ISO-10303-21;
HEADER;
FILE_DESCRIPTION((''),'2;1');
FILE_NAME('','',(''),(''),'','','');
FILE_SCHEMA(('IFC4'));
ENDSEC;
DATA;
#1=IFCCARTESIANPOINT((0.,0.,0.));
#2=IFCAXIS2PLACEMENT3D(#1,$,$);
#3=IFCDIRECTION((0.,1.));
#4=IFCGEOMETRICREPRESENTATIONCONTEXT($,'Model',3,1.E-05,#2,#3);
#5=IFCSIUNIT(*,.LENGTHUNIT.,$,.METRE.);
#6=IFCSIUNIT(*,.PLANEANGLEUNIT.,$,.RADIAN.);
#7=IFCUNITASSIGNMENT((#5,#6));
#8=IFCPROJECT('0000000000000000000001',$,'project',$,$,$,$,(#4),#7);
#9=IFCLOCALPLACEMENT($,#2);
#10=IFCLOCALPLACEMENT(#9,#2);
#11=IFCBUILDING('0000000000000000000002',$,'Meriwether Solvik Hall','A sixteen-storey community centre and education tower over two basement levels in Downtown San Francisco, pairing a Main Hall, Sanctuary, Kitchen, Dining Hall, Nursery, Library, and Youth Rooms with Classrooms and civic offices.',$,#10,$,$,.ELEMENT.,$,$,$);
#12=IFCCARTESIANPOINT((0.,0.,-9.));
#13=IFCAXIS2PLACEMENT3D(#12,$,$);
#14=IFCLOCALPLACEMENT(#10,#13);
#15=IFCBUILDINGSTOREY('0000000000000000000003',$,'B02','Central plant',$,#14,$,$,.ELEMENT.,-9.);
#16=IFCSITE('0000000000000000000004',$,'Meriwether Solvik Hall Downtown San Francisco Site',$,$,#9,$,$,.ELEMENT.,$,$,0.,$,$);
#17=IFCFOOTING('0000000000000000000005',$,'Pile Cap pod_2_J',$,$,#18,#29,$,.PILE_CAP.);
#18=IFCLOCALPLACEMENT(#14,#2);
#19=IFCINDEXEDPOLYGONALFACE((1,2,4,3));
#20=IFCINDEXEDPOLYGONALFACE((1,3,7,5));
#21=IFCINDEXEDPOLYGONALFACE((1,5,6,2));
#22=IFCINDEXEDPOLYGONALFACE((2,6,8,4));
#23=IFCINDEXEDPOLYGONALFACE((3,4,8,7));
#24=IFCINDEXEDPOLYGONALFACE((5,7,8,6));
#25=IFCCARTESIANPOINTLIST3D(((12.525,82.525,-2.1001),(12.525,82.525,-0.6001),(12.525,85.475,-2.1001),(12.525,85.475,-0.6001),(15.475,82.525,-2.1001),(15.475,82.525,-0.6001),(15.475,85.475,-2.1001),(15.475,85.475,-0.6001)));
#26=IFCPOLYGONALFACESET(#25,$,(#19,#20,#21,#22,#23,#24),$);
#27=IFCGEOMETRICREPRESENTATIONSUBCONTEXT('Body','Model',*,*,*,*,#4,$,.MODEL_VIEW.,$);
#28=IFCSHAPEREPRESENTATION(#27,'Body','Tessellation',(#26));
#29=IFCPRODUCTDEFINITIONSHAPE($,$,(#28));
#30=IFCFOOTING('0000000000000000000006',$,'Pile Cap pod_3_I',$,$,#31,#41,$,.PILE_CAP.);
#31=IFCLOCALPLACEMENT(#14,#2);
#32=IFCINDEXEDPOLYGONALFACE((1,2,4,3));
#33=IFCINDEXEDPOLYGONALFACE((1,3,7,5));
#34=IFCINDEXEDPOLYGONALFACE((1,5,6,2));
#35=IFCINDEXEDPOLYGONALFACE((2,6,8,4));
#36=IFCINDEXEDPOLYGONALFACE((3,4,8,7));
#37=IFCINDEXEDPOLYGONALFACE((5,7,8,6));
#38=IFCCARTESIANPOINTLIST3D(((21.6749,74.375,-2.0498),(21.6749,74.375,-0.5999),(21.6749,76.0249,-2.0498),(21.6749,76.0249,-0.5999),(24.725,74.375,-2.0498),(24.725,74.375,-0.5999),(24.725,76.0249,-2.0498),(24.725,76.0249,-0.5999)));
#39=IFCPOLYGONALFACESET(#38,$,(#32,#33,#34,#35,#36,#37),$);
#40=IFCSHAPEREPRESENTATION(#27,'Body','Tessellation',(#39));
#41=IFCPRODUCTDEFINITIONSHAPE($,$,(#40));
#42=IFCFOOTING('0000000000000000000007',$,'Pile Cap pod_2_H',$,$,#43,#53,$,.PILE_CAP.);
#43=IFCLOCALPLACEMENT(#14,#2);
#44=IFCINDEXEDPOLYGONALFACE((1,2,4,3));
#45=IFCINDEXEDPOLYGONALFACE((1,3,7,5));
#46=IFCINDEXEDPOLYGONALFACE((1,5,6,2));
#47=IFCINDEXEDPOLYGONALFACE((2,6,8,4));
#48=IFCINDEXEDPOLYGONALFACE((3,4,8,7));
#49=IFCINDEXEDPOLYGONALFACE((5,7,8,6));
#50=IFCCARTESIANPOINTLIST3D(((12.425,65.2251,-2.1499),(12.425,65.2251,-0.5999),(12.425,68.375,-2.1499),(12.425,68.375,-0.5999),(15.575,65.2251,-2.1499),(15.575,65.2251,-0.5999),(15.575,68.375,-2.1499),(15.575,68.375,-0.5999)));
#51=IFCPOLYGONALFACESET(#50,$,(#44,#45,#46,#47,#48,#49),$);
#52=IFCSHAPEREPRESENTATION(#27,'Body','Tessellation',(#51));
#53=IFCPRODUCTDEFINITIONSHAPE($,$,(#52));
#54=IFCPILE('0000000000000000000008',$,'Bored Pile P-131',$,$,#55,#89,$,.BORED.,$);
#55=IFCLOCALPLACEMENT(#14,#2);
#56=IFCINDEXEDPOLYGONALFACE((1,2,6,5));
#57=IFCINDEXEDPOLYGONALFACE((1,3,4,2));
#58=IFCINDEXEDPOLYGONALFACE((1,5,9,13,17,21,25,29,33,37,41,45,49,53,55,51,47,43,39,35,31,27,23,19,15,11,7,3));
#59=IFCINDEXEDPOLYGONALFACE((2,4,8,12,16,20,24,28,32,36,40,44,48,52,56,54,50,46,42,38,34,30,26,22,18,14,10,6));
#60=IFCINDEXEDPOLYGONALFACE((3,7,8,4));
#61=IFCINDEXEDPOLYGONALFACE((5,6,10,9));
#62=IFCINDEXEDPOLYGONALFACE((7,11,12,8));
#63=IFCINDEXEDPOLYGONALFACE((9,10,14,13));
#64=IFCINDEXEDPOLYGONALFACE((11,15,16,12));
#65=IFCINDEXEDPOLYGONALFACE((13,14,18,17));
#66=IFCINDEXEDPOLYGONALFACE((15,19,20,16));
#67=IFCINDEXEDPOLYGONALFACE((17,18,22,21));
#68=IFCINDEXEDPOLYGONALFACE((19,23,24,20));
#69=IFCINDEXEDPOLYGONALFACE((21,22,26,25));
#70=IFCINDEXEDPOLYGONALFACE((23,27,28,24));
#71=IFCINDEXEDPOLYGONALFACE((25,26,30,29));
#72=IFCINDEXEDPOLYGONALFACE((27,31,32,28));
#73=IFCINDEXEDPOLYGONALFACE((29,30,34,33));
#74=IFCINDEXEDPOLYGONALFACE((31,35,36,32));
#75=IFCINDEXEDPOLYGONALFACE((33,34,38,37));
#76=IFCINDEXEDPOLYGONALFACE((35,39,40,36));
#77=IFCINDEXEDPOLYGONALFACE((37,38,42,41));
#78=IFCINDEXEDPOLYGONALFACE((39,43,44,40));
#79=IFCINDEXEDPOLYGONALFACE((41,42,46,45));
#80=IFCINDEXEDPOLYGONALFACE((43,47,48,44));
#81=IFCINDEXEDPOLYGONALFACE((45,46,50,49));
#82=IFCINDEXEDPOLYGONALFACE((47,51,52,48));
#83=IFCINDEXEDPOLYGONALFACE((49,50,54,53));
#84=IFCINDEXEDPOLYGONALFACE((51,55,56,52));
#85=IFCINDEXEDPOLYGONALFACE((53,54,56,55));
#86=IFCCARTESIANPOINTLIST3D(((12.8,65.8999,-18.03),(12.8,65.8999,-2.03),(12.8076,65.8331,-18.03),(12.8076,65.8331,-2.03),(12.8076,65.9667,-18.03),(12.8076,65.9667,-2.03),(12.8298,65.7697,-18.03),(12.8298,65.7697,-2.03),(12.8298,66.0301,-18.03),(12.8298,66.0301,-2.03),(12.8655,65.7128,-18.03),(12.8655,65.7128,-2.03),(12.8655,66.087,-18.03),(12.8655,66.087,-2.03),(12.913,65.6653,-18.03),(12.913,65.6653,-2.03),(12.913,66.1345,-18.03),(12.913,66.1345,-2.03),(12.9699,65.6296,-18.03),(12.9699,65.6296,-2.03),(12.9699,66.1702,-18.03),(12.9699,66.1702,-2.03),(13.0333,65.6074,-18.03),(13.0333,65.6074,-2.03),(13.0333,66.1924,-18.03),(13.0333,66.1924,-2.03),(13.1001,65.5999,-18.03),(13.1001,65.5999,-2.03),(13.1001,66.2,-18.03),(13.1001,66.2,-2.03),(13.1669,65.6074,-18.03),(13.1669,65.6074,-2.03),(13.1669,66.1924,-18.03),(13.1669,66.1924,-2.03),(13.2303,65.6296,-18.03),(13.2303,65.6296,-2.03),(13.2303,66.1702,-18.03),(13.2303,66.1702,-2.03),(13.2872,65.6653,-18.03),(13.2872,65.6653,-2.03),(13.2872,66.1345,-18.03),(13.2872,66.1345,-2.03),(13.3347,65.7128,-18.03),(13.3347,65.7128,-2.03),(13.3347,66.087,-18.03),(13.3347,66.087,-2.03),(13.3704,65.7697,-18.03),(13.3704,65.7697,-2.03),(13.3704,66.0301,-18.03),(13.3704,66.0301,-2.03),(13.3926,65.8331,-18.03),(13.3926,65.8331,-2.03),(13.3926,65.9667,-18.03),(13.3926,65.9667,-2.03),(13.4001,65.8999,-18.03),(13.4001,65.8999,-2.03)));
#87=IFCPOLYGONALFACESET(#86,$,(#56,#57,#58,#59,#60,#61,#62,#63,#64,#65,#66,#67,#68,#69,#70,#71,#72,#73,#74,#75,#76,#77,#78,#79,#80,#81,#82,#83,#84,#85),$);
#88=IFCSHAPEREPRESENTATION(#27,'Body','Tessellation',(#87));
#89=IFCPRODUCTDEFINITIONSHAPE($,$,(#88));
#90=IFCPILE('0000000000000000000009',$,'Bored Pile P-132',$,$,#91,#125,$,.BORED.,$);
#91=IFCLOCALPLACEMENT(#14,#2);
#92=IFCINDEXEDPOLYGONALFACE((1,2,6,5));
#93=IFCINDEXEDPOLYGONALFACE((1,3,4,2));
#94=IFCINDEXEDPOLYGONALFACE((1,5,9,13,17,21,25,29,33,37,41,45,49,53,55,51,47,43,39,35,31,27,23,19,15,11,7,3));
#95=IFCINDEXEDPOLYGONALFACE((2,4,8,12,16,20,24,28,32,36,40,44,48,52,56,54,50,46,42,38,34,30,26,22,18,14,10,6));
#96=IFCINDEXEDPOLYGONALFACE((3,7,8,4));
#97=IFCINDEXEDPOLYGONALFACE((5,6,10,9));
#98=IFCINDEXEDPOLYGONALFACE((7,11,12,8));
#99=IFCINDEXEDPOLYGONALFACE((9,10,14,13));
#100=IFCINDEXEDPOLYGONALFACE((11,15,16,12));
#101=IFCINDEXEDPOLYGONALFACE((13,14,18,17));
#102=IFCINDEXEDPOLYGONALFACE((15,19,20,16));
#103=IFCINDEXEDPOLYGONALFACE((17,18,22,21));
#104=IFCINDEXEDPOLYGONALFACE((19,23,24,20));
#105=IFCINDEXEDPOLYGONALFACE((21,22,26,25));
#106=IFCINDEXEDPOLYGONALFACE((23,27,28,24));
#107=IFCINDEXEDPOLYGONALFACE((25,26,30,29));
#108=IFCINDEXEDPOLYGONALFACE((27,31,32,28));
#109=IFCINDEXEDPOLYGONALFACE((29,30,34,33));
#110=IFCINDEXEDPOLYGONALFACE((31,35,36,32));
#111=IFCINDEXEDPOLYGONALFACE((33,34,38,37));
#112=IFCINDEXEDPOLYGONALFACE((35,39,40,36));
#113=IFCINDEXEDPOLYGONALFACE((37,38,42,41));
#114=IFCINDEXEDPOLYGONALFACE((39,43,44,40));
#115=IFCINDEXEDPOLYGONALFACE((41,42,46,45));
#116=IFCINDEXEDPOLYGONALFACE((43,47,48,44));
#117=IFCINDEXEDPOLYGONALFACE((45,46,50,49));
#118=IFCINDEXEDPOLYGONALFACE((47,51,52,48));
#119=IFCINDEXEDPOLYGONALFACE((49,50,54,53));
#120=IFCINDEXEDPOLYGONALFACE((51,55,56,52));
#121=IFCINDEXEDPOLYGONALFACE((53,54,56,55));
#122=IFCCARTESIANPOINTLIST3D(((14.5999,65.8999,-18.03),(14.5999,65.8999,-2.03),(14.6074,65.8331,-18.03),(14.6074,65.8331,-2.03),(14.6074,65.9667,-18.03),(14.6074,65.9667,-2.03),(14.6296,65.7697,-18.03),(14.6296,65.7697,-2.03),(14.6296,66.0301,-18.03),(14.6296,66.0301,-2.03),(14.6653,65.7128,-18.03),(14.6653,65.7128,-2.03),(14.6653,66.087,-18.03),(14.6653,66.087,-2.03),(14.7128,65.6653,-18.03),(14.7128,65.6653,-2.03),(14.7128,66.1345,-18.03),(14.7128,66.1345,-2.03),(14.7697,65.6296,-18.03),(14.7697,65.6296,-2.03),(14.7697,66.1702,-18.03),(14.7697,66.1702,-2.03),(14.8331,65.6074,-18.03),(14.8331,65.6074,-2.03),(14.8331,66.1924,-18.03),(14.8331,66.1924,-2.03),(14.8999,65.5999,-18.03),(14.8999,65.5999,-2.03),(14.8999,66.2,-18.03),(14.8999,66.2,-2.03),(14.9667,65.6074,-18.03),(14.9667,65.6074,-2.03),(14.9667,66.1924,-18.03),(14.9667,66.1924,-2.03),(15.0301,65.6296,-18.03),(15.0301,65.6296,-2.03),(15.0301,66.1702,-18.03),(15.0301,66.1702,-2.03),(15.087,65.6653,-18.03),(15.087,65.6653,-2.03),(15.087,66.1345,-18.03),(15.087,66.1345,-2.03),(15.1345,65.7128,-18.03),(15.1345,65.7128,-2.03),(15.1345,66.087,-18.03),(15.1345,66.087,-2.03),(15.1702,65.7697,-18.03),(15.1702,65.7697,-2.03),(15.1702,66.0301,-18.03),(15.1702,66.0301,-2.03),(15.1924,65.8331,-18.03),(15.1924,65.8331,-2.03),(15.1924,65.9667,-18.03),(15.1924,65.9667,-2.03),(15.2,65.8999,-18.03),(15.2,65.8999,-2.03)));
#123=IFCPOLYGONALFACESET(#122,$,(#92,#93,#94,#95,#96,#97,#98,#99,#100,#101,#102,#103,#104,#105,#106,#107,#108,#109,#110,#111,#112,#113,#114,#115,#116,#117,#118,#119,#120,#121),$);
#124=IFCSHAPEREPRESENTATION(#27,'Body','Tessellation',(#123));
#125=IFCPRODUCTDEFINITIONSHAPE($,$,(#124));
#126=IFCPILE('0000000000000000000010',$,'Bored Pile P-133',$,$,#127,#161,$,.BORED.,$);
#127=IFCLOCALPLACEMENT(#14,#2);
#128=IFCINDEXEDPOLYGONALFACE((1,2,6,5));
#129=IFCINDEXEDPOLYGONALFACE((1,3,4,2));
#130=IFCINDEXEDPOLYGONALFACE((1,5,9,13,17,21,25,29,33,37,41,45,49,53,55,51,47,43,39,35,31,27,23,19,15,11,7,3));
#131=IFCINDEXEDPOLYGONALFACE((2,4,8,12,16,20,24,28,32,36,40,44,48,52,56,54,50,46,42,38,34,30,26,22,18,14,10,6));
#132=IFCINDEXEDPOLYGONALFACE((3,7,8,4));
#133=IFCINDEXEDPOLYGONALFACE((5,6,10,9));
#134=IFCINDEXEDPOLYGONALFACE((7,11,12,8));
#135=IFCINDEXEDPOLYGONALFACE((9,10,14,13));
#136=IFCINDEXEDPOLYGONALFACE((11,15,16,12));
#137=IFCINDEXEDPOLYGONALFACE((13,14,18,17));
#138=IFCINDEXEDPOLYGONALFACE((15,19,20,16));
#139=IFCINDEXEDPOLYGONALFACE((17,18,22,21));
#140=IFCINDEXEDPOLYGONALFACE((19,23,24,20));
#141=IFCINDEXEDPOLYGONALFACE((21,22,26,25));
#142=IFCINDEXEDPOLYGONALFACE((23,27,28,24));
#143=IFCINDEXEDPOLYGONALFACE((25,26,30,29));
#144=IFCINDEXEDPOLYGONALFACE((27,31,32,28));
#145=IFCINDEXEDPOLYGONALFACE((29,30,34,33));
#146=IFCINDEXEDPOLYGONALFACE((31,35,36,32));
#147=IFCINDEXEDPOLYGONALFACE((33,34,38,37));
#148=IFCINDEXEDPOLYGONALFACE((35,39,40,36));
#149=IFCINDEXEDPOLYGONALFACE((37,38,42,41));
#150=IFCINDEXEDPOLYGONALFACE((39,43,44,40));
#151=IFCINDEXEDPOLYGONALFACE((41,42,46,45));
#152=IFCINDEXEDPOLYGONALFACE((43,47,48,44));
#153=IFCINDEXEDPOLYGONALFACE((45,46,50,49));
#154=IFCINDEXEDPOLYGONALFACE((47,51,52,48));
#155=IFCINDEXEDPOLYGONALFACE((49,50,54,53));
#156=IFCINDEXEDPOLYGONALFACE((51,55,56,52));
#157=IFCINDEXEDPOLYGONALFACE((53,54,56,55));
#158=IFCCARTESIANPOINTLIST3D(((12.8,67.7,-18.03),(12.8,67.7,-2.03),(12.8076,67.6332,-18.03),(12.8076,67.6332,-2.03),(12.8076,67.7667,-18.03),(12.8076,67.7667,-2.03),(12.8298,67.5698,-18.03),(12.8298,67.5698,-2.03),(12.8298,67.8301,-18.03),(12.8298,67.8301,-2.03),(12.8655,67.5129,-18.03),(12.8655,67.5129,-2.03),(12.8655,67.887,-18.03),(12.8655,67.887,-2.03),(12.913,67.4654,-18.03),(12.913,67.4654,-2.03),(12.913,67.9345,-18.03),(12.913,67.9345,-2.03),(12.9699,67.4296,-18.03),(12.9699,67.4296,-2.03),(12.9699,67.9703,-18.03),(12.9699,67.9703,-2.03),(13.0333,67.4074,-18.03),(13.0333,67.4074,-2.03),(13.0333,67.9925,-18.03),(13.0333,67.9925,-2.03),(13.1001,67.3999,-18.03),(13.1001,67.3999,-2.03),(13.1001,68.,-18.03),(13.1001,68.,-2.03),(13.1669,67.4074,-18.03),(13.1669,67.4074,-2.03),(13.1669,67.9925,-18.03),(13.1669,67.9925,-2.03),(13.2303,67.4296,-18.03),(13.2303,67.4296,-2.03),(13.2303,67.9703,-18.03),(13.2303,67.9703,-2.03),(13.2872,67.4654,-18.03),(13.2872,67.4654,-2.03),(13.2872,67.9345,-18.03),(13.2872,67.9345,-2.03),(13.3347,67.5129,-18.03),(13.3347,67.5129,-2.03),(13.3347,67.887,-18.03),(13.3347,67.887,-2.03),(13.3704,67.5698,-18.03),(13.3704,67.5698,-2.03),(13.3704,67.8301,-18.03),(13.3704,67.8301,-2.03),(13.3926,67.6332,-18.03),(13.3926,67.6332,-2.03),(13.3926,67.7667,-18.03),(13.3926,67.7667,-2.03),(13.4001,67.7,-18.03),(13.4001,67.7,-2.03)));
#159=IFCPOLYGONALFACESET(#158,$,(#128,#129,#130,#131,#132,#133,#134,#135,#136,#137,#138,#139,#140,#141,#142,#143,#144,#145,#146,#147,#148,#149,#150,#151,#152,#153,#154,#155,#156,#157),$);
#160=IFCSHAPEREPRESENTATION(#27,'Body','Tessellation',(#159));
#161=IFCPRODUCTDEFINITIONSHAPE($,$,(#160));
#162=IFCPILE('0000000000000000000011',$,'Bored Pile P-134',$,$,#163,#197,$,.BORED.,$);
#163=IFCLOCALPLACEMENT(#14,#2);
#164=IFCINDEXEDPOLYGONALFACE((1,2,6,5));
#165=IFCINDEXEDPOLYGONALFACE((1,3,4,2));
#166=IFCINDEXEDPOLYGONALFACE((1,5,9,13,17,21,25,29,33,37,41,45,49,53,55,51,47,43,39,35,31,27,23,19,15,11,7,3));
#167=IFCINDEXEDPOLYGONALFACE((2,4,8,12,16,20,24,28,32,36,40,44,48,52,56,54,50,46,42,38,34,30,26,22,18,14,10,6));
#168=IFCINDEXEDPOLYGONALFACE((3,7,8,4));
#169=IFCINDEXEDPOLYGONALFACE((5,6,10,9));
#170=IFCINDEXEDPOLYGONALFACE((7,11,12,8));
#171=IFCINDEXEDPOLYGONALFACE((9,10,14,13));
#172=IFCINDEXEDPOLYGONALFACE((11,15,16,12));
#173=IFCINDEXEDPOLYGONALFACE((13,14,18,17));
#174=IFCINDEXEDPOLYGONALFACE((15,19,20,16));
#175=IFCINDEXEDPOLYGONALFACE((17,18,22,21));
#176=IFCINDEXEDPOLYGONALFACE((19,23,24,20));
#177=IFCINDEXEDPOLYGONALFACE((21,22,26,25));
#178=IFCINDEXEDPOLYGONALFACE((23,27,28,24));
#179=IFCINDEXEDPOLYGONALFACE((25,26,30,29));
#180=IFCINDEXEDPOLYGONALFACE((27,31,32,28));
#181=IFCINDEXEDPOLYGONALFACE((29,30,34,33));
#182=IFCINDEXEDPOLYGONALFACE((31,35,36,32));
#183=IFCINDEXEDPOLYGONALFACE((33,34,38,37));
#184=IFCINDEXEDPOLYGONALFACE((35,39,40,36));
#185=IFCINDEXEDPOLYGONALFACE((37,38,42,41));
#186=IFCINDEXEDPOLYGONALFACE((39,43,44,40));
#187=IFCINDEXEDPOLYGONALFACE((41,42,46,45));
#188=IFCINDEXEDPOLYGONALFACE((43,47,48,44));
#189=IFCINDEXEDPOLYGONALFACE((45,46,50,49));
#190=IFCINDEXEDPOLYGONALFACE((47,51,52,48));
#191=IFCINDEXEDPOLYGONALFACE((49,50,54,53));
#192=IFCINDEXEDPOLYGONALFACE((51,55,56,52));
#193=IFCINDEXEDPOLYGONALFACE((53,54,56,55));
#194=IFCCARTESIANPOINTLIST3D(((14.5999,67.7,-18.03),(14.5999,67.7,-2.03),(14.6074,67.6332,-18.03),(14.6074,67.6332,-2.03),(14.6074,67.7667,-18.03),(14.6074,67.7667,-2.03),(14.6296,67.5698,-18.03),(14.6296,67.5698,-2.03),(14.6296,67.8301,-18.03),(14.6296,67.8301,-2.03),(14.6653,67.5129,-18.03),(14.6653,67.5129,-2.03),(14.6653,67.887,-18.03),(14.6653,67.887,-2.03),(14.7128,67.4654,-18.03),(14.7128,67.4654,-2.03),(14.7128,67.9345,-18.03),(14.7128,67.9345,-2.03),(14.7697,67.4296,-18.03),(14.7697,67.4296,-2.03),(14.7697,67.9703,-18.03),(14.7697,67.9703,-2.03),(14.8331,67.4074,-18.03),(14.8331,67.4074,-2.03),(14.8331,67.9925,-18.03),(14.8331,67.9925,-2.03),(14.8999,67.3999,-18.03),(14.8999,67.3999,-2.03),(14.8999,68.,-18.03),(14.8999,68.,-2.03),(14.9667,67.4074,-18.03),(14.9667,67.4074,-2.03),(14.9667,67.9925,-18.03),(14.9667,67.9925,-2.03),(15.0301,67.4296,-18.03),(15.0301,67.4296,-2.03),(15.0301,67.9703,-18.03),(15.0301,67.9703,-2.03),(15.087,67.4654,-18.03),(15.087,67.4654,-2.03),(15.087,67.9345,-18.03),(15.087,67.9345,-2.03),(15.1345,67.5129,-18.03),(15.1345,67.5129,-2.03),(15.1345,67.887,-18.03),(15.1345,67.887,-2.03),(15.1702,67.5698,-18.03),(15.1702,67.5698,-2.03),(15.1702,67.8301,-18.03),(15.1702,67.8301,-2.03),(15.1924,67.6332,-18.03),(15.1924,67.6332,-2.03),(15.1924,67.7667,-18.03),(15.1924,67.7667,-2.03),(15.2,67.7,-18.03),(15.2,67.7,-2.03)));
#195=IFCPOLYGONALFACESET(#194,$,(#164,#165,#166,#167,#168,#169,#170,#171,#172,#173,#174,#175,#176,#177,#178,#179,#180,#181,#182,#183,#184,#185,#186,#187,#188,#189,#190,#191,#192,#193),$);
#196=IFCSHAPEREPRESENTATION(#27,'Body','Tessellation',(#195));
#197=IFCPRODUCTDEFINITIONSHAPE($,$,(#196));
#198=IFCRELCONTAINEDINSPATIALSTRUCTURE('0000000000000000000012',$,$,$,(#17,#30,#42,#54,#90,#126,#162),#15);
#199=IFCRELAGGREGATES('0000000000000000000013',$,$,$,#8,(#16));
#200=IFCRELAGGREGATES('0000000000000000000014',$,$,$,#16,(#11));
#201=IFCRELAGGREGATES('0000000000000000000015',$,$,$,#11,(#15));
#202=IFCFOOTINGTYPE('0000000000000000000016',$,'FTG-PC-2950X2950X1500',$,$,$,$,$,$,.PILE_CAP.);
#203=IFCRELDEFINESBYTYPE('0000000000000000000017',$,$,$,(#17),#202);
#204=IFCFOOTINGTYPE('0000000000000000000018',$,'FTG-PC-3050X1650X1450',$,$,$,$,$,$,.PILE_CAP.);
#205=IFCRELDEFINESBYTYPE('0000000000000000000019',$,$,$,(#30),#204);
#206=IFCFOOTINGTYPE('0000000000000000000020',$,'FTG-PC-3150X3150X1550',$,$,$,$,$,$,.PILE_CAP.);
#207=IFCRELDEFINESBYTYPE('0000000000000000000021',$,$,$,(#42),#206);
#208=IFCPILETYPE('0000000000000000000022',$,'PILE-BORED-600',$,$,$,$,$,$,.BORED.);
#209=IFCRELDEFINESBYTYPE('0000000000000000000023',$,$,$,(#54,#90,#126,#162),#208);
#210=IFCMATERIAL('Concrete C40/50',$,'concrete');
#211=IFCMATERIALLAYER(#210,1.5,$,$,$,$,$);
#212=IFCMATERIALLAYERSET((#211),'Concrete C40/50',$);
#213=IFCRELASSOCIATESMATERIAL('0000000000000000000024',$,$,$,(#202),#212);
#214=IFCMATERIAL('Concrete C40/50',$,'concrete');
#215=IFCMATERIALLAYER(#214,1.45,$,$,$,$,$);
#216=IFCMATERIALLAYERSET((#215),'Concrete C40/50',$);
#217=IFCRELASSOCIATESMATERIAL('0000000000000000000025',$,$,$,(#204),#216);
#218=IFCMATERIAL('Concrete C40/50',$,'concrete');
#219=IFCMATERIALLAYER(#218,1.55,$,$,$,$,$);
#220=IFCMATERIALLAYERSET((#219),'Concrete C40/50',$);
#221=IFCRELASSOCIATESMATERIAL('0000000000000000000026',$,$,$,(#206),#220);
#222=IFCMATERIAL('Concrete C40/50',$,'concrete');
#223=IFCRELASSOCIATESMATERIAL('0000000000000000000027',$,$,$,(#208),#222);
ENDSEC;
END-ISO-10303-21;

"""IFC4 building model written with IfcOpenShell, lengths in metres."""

from ifc_helpers import new_model, si_unit, direction, frame, origin, origin_2d, place, context, subcontext, project, spatial, rectangle, circle, extrude, material, layer, layer_set, material_profile, profile_set, type_object, element, save


model = new_model("IFC4")

# Units and contexts
model_context = context("Model", 3, precision=1e-05, world=origin(), true_north=direction((0.0, 1.0)))
body_context = subcontext(model_context, "Body", "Model", "MODEL_VIEW")
ifc_project = project(units=[si_unit("LENGTHUNIT", "METRE"), si_unit("PLANEANGLEUNIT", "RADIAN")], contexts=[model_context])

# Site, building, storey
site_placement = place(None, origin())
site = spatial("IfcSite", under=ifc_project, at=site_placement, Name="Meriwether Solvik Hall Downtown San Francisco Site", CompositionType="ELEMENT", RefElevation=0.0)
building_placement = place(site_placement, origin())
building = spatial("IfcBuilding", under=site, at=building_placement, Name="Meriwether Solvik Hall", Description="A sixteen-storey community centre and education tower over two basement levels in Downtown San Francisco, pairing a Main Hall, Sanctuary, Kitchen, Dining Hall, Nursery, Library, and Youth Rooms with Classrooms and civic offices.", CompositionType="ELEMENT")
storey_placement = place(building_placement, frame((0.0, 0.0, -9.0)))
storey = spatial("IfcBuildingStorey", under=building, at=storey_placement, Name="B02", Description="Central plant", CompositionType="ELEMENT", Elevation=-9.0)

# Footings
ifc_material_1 = material(Name="Concrete C40/50", Category="concrete")
ifc_layer_1 = layer(ifc_material_1, 1.5)
ifc_layer_set_1 = layer_set([ifc_layer_1], Name="Concrete C40/50")
footing_type_1 = type_object("IfcFootingType", Name="FTG-PC-2950X2950X1500", PredefinedType="PILE_CAP", material=ifc_layer_set_1)
footing_1_placement = place(storey_placement, frame((14.0, 84.0, -2.1001), z_axis=(0.0, 0.0, 1.0), x_axis=(1.0, 0.0, 0.0)))
element("IfcFooting", 1, at=footing_1_placement, inside=storey, type_object=footing_type_1, Name="Pile Cap pod_2_J", PredefinedType="PILE_CAP", context=body_context, shape_type="SweptSolid", body=[
    extrude(rectangle(XDim=2.95, YDim=2.95, at=origin_2d()), origin(), (0.0, 0.0, 1.0), 1.5),
])
ifc_material_2 = material(Name="Concrete C40/50", Category="concrete")
ifc_layer_2 = layer(ifc_material_2, 1.45)
ifc_layer_set_2 = layer_set([ifc_layer_2], Name="Concrete C40/50")
footing_type_2 = type_object("IfcFootingType", Name="FTG-PC-3050X1650X1450", PredefinedType="PILE_CAP", material=ifc_layer_set_2)
footing_2_placement = place(storey_placement, frame((23.2, 75.2, -2.0498), z_axis=(0.0, 0.0, 1.0), x_axis=(1.0, 0.0, 0.0)))
element("IfcFooting", 2, at=footing_2_placement, inside=storey, type_object=footing_type_2, Name="Pile Cap pod_3_I", PredefinedType="PILE_CAP", context=body_context, shape_type="SweptSolid", body=[
    extrude(rectangle(XDim=3.05, YDim=1.6499, at=origin_2d()), origin(), (0.0, 0.0, 1.0), 1.45),
])
ifc_material_3 = material(Name="Concrete C40/50", Category="concrete")
ifc_layer_3 = layer(ifc_material_3, 1.55)
ifc_layer_set_3 = layer_set([ifc_layer_3], Name="Concrete C40/50")
footing_type_3 = type_object("IfcFootingType", Name="FTG-PC-3150X3150X1550", PredefinedType="PILE_CAP", material=ifc_layer_set_3)
footing_3_placement = place(storey_placement, frame((14.0, 66.8, -2.1499), z_axis=(0.0, 0.0, 1.0), x_axis=(1.0, 0.0, 0.0)))
element("IfcFooting", 3, at=footing_3_placement, inside=storey, type_object=footing_type_3, Name="Pile Cap pod_2_H", PredefinedType="PILE_CAP", context=body_context, shape_type="SweptSolid", body=[
    extrude(rectangle(XDim=3.1499, YDim=3.1499, at=origin_2d()), origin(), (0.0, 0.0, 1.0), 1.55),
])

# Piles
ifc_material_4 = material(Name="Concrete C40/50", Category="concrete")
ifc_material_profile_1 = material_profile(ifc_material_4, circle(Radius=0.3, at=origin_2d()), Name="PILE-D600")
ifc_profile_set_1 = profile_set([ifc_material_profile_1], Name="Concrete C40/50")
pile_type_1 = type_object("IfcPileType", Name="PILE-BORED-600", PredefinedType="BORED", material=ifc_profile_set_1)
for number, where, z_axis, x_axis, name in (
    (4, (13.1001, 65.8999, -2.03), (0.0, 0.0, -1.0), (1.0, 0.0, 0.0), "Bored Pile P-131"),
    (5, (14.8999, 65.8999, -2.03), (0.0, 0.0, -1.0), (1.0, 0.0, 0.0), "Bored Pile P-132"),
    (6, (13.1001, 67.7, -2.03), (0.0, 0.0, -1.0), (1.0, 0.0, 0.0), "Bored Pile P-133"),
    (7, (14.8999, 67.7, -2.03), (0.0, 0.0, -1.0), (1.0, 0.0, 0.0), "Bored Pile P-134"),
):
    element("IfcPile", number, at=place(storey_placement, frame(where, z_axis=z_axis, x_axis=x_axis)), inside=storey, type_object=pile_type_1, Name=name, PredefinedType="BORED", context=body_context, shape_type="SweptSolid", body=[
        extrude(circle(Radius=0.3, at=origin_2d()), origin(), (0.0, 0.0, 1.0), 16.0),
    ])

save(model, "model.ifc")
